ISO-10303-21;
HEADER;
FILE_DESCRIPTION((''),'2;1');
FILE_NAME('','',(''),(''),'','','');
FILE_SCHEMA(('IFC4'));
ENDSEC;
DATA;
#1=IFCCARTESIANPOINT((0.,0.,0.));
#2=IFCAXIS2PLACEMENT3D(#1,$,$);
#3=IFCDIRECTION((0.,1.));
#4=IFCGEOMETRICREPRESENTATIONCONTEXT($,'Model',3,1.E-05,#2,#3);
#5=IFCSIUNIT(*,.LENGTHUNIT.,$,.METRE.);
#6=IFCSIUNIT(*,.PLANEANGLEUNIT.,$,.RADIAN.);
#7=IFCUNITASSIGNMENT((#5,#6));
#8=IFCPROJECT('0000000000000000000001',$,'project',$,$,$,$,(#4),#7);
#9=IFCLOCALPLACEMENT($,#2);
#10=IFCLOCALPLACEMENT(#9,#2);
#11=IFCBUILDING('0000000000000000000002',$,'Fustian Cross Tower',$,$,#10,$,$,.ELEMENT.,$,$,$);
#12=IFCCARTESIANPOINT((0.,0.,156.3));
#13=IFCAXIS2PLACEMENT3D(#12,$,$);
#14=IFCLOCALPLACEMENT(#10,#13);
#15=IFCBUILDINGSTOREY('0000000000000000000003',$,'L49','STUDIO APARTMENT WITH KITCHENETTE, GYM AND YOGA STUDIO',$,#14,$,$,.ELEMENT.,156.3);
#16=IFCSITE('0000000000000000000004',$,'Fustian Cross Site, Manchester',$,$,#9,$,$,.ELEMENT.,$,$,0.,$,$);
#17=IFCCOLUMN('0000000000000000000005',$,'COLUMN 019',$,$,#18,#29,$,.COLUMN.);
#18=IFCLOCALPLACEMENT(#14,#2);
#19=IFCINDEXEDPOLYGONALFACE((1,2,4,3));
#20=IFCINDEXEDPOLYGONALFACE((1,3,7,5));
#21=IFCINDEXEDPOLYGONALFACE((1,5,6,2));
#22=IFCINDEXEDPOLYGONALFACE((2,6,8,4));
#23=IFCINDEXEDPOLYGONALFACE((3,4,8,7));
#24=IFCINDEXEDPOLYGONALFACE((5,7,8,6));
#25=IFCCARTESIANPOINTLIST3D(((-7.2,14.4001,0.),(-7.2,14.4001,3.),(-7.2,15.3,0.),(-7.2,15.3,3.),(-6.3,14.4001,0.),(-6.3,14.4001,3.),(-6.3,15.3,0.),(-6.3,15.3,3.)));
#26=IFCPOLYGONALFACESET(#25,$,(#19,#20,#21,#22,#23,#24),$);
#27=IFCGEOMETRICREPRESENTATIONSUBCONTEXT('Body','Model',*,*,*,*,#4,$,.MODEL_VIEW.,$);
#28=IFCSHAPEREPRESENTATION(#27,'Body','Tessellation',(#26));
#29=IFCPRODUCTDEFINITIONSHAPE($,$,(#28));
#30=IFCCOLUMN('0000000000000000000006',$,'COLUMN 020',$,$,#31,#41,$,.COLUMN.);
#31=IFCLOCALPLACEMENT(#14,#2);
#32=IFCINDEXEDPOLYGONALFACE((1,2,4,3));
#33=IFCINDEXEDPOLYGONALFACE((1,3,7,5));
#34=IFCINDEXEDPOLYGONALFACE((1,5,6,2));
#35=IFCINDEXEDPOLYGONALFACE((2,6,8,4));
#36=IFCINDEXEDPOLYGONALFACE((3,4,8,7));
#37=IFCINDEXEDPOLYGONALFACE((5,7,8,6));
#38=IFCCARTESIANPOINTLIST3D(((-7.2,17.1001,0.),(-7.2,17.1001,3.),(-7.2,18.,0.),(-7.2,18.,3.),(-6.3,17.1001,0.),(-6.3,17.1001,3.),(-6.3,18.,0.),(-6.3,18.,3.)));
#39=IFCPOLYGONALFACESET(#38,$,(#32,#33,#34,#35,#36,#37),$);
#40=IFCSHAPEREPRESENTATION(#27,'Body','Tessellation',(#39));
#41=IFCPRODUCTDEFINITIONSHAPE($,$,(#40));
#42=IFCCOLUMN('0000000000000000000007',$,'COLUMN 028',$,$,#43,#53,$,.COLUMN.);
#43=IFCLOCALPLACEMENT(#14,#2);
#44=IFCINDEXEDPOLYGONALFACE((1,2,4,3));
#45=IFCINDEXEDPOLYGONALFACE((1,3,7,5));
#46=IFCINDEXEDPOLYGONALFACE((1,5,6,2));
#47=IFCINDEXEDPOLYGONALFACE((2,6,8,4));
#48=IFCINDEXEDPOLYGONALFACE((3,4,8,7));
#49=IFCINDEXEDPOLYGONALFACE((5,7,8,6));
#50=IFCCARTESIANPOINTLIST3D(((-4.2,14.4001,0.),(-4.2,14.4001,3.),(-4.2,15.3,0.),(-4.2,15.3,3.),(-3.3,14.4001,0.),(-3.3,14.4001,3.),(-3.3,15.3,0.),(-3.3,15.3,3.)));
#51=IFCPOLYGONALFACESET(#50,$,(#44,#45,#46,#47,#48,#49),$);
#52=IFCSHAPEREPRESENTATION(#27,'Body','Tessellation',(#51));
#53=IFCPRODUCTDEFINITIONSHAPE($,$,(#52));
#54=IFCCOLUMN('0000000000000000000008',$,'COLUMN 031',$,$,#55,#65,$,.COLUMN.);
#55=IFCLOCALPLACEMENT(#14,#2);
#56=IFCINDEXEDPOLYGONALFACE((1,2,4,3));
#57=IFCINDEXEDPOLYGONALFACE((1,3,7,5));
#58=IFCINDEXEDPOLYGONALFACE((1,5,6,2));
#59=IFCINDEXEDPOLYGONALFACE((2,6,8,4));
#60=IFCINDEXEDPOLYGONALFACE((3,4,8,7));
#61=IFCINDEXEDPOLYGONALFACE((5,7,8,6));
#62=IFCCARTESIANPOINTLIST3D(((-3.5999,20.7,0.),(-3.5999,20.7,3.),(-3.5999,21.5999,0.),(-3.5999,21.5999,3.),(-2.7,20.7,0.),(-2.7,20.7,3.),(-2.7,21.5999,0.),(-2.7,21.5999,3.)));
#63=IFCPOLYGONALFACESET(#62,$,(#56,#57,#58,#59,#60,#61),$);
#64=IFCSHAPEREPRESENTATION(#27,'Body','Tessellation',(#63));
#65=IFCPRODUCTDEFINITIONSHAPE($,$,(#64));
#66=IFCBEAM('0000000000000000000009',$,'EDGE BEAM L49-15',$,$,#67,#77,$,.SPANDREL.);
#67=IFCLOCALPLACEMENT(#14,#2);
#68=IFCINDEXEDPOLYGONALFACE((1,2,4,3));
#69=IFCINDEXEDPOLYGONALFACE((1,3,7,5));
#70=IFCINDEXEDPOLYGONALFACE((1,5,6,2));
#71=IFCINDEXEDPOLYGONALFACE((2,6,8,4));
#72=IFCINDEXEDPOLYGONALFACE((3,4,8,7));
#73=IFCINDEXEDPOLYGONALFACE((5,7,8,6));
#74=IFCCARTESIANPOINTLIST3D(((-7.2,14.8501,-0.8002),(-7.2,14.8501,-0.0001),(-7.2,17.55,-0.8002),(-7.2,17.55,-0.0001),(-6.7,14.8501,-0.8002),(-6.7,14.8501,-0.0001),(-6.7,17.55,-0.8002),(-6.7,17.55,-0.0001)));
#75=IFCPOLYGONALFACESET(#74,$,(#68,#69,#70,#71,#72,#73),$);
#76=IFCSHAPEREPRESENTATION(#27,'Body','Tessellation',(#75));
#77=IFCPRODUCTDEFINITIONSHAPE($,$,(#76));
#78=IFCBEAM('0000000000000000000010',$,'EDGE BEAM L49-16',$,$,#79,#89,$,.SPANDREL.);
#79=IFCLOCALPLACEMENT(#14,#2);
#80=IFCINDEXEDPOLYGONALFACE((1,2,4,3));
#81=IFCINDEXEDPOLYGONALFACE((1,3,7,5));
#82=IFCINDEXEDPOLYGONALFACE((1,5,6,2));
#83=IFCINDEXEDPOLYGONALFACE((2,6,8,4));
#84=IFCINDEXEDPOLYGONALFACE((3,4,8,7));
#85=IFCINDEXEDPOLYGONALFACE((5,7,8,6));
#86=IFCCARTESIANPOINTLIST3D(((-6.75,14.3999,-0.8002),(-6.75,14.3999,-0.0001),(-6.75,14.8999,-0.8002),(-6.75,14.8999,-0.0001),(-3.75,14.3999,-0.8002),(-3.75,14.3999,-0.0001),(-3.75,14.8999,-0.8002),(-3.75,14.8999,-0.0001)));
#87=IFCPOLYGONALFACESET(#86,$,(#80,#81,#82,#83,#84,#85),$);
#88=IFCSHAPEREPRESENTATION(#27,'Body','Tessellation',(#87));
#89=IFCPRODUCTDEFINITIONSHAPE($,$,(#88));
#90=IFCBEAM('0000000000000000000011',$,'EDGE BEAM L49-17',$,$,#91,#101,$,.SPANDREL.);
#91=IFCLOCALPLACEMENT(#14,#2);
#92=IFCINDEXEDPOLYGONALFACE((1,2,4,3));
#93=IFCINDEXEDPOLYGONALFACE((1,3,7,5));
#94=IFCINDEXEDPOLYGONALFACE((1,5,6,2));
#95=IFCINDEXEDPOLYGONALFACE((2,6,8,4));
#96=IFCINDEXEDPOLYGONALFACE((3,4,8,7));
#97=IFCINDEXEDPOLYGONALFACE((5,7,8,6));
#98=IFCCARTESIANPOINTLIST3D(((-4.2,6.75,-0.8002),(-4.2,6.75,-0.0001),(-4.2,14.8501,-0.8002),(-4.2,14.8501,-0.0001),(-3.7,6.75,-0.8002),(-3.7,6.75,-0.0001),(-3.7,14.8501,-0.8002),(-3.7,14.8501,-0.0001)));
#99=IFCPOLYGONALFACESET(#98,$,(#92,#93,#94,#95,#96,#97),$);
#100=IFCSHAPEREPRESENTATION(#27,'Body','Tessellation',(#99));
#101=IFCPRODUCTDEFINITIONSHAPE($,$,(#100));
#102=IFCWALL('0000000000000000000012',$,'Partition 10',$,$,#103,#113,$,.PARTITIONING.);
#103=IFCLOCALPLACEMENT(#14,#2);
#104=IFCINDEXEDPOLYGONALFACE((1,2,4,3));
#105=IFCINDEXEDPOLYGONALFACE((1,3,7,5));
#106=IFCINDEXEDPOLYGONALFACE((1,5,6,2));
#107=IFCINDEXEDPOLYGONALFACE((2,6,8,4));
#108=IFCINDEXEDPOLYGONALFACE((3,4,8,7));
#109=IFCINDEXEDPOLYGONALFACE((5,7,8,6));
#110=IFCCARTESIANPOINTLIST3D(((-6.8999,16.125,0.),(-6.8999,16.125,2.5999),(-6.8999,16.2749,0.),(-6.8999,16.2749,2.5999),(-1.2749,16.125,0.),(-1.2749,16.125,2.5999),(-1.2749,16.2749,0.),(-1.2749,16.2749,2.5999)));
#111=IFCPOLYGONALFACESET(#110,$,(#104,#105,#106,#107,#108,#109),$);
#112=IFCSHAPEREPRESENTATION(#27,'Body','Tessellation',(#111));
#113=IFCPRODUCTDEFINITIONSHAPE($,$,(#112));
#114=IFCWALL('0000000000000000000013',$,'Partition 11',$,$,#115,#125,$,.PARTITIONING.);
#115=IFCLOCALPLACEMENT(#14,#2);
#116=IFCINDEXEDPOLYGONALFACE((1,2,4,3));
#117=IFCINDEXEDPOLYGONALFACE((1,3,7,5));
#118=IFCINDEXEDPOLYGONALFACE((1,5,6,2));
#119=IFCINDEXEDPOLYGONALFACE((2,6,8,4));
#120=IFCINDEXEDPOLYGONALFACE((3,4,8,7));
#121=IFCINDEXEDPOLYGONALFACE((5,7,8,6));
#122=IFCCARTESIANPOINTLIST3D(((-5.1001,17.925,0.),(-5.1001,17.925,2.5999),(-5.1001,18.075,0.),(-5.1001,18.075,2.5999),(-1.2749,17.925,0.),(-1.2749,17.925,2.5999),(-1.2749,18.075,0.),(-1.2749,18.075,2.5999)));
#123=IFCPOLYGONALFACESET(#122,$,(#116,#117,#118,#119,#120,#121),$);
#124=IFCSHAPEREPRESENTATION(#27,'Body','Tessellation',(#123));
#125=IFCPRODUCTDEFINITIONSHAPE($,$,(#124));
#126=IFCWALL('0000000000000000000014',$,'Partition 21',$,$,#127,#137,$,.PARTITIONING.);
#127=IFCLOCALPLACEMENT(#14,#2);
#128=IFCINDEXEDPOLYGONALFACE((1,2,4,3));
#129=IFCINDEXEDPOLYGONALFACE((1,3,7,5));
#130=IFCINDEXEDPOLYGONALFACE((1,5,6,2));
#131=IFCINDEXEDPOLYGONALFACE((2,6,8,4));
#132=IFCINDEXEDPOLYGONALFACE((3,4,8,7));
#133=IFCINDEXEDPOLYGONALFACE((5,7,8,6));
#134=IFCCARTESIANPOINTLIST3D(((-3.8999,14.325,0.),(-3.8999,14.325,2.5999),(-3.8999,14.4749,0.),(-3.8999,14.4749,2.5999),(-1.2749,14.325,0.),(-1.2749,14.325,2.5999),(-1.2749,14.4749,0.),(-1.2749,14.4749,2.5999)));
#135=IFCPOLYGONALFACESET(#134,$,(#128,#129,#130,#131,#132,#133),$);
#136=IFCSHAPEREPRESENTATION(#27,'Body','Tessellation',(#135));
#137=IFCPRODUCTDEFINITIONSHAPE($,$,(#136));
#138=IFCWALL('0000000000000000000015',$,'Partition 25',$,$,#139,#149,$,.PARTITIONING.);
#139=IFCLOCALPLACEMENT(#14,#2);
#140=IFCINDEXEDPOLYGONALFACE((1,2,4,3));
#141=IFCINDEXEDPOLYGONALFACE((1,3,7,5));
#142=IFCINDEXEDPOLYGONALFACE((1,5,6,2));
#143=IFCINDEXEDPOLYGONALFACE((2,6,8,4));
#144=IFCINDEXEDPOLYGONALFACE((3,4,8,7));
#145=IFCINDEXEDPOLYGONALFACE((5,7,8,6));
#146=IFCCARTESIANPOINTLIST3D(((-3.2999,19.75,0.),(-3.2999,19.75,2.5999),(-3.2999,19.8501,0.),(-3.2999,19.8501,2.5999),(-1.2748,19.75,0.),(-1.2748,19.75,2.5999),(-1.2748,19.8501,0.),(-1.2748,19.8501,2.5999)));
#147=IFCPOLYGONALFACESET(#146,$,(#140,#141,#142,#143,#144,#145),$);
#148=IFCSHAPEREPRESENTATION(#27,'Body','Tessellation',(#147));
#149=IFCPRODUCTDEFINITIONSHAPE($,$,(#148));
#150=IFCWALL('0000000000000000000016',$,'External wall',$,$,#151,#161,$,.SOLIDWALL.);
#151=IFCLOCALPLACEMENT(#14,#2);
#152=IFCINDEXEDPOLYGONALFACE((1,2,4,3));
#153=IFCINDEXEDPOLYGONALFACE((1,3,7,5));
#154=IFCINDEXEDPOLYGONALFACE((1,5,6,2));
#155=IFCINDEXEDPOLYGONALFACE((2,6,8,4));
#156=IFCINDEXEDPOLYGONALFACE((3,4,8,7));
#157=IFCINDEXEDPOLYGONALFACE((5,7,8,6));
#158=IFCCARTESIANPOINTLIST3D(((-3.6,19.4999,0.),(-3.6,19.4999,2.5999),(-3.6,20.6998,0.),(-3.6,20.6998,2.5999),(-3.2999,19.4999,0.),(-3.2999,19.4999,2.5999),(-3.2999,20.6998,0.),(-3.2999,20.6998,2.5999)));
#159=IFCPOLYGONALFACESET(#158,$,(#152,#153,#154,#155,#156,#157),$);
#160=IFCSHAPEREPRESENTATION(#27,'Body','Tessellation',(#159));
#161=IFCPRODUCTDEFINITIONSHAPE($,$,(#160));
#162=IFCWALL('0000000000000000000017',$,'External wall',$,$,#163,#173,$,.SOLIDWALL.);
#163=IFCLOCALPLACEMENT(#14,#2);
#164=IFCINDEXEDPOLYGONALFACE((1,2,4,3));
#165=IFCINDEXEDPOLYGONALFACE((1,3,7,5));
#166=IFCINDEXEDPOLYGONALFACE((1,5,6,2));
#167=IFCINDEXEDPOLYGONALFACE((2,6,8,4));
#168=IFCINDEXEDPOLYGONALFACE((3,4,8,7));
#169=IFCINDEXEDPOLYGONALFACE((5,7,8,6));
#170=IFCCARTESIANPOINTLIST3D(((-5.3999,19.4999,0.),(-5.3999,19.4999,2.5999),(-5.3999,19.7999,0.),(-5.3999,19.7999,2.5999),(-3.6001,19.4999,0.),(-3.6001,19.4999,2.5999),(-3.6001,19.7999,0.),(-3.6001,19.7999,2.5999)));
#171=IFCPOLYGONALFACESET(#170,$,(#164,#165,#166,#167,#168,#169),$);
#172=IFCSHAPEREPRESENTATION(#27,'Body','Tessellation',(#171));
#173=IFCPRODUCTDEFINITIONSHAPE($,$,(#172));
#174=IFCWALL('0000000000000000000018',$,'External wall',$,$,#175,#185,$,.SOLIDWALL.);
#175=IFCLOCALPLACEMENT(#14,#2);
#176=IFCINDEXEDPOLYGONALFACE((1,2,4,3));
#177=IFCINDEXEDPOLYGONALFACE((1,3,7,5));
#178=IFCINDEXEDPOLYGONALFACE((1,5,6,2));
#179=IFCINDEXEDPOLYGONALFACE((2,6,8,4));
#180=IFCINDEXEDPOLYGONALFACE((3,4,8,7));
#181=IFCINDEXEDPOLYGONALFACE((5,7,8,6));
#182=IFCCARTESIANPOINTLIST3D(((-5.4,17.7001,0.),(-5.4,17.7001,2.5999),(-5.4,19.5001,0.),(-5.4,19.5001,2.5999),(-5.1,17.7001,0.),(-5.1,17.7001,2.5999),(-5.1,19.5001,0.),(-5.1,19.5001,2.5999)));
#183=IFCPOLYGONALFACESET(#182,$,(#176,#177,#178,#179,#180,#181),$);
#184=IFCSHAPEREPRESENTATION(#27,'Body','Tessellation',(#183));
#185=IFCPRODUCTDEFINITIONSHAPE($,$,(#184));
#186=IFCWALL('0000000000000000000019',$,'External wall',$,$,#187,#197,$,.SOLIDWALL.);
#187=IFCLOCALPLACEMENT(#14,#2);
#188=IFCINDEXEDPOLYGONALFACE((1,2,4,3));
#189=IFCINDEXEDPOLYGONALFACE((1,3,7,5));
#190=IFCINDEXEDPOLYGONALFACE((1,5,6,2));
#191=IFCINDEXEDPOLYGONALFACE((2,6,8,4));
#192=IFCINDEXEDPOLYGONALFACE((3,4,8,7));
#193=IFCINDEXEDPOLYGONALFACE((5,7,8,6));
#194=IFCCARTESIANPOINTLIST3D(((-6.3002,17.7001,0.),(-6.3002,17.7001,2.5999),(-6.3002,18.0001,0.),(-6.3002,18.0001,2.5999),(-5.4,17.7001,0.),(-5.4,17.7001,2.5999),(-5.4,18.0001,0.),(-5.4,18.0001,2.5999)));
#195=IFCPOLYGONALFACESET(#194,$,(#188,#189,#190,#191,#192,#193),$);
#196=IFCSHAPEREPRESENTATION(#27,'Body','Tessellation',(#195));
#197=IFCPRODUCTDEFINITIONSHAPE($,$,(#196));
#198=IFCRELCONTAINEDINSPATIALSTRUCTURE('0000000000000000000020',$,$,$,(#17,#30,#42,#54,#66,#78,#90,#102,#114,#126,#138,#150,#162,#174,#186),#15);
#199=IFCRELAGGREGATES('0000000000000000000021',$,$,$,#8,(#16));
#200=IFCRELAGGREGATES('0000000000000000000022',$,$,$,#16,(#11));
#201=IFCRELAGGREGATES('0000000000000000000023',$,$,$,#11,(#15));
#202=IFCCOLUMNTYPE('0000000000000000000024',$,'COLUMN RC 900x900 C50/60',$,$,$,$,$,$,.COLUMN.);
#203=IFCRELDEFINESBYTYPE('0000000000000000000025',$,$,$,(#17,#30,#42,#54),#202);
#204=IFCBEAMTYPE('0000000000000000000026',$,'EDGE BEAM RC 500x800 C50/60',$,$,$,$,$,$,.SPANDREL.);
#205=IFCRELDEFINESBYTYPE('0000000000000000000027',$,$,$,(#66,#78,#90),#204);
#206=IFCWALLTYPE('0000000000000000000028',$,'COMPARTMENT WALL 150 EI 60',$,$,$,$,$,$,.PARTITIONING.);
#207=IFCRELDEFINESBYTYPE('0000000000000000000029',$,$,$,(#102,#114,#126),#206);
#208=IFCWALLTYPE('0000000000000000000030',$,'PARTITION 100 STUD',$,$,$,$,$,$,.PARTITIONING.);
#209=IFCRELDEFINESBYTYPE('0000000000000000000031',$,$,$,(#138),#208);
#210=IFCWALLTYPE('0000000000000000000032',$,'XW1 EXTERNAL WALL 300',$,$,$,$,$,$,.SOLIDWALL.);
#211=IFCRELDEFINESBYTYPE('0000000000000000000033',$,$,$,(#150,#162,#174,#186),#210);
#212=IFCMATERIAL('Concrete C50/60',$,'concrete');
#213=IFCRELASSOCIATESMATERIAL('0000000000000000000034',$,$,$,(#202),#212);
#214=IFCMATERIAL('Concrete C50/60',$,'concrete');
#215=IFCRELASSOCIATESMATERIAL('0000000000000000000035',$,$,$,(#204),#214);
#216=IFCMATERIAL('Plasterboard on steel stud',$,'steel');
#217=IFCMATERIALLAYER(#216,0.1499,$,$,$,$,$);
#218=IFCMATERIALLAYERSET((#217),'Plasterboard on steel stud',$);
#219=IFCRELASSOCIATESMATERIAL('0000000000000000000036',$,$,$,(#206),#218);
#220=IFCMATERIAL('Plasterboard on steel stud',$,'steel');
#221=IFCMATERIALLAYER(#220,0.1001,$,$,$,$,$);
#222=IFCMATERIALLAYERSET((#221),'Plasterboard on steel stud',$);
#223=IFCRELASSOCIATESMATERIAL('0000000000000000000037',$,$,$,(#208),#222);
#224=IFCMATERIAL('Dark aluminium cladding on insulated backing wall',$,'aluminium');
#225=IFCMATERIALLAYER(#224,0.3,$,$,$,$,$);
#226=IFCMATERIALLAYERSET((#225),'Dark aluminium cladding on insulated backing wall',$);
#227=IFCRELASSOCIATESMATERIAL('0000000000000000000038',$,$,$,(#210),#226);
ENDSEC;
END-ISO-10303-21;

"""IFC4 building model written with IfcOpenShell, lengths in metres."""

from ifc_helpers import new_model, si_unit, direction, frame, frame_2d, origin, origin_2d, place, context, subcontext, project, spatial, rectangle, extrude, material, layer, layer_set, material_profile, profile_set, type_object, element, save


model = new_model("IFC4")

# Units and contexts
model_context = context("Model", 3, precision=1e-05, world=origin(), true_north=direction((0.0, 1.0)))
body_context = subcontext(model_context, "Body", "Model", "MODEL_VIEW")
ifc_project = project(units=[si_unit("LENGTHUNIT", "METRE"), si_unit("PLANEANGLEUNIT", "RADIAN")], contexts=[model_context])

# Site, building, storey
site_placement = place(None, origin())
site = spatial("IfcSite", under=ifc_project, at=site_placement, Name="Fustian Cross Site, Manchester", CompositionType="ELEMENT", RefElevation=0.0)
building_placement = place(site_placement, origin())
building = spatial("IfcBuilding", under=site, at=building_placement, Name="Fustian Cross Tower", CompositionType="ELEMENT")
storey_placement = place(building_placement, frame((0.0, 0.0, 156.3)))
storey = spatial("IfcBuildingStorey", under=building, at=storey_placement, Name="L49", Description="STUDIO APARTMENT WITH KITCHENETTE, GYM AND YOGA STUDIO", CompositionType="ELEMENT", Elevation=156.3)

# Columns
ifc_material_1 = material(Name="Concrete C50/60", Category="concrete")
ifc_material_profile_1 = material_profile(ifc_material_1, rectangle(XDim=0.8999, YDim=0.8999, at=origin_2d()), Name="RC 900x900")
ifc_profile_set_1 = profile_set([ifc_material_profile_1], Name="Concrete C50/60")
column_type = type_object("IfcColumnType", Name="COLUMN RC 900x900 C50/60", PredefinedType="COLUMN", material=ifc_profile_set_1)
for number, where, z_axis, x_axis, name in (
    (1, (-6.75, 14.8501, 0.0), (0.0, 0.0, 1.0), (1.0, 0.0, 0.0), "COLUMN 019"),
    (2, (-6.75, 17.55, 0.0), (0.0, 0.0, 1.0), (1.0, 0.0, 0.0), "COLUMN 020"),
    (3, (-3.75, 14.8501, 0.0), (0.0, 0.0, 1.0), (1.0, 0.0, 0.0), "COLUMN 028"),
    (4, (-3.1499, 21.1499, 0.0), (0.0, 0.0, 1.0), (1.0, 0.0, 0.0), "COLUMN 031"),
):
    element("IfcColumn", number, at=place(storey_placement, frame(where, z_axis=z_axis, x_axis=x_axis)), inside=storey, type_object=column_type, Name=name, PredefinedType="COLUMN", context=body_context, shape_type="SweptSolid", body=[
        extrude(rectangle(XDim=0.8999, YDim=0.8999, at=origin_2d()), origin(), (0.0, 0.0, 1.0), 3.0),
    ])

# Beams
ifc_material_2 = material(Name="Concrete C50/60", Category="concrete")
ifc_material_profile_2 = material_profile(ifc_material_2, rectangle(XDim=0.5, YDim=0.8, at=origin_2d()), Name="RC 500x800")
ifc_profile_set_2 = profile_set([ifc_material_profile_2], Name="Concrete C50/60")
beam_type = type_object("IfcBeamType", Name="EDGE BEAM RC 500x800 C50/60", PredefinedType="SPANDREL", material=ifc_profile_set_2)
beam_1_placement = place(storey_placement, frame((-6.95, 17.55, -0.4001), z_axis=(0.0, -1.0, 0.0), x_axis=(1.0, 0.0, 0.0)))
element("IfcBeam", 5, at=beam_1_placement, inside=storey, type_object=beam_type, Name="EDGE BEAM L49-15", PredefinedType="SPANDREL", context=body_context, shape_type="SweptSolid", body=[
    extrude(rectangle(XDim=0.5, YDim=0.8, at=origin_2d()), origin(), (0.0, 0.0, 1.0), 2.7),
])
beam_2_placement = place(storey_placement, frame((-6.75, 14.6499, -0.4001), z_axis=(1.0, 0.0, 0.0), x_axis=(0.0, 1.0, 0.0)))
element("IfcBeam", 6, at=beam_2_placement, inside=storey, type_object=beam_type, Name="EDGE BEAM L49-16", PredefinedType="SPANDREL", context=body_context, shape_type="SweptSolid", body=[
    extrude(rectangle(XDim=0.5, YDim=0.8, at=origin_2d()), origin(), (0.0, 0.0, 1.0), 3.0),
])
beam_3_placement = place(storey_placement, frame((-3.95, 14.8501, -0.4001), z_axis=(0.0, -1.0, 0.0), x_axis=(1.0, 0.0, 0.0)))
element("IfcBeam", 7, at=beam_3_placement, inside=storey, type_object=beam_type, Name="EDGE BEAM L49-17", PredefinedType="SPANDREL", context=body_context, shape_type="SweptSolid", body=[
    extrude(rectangle(XDim=0.5, YDim=0.8, at=origin_2d()), origin(), (0.0, 0.0, 1.0), 8.1001),
])

# Walls
ifc_material_3 = material(Name="Plasterboard on steel stud", Category="steel")
ifc_layer_1 = layer(ifc_material_3, 0.1499)
ifc_layer_set_1 = layer_set([ifc_layer_1], Name="Plasterboard on steel stud")
wall_type_1 = type_object("IfcWallType", Name="COMPARTMENT WALL 150 EI 60", PredefinedType="PARTITIONING", material=ifc_layer_set_1)
wall_1_placement = place(storey_placement, frame((-6.8999, 16.2, 0.0), z_axis=(0.0, 0.0, 1.0), x_axis=(1.0, 0.0, 0.0)))
element("IfcWall", 8, at=wall_1_placement, inside=storey, type_object=wall_type_1, Name="Partition 10", PredefinedType="PARTITIONING", context=body_context, shape_type="SweptSolid", body=[
    extrude(rectangle(XDim=5.625, YDim=0.1499, at=frame_2d((2.8125, 0.0))), origin(), (0.0, 0.0, 1.0), 2.5999),
])
wall_2_placement = place(storey_placement, frame((-5.1001, 18.0, 0.0), z_axis=(0.0, 0.0, 1.0), x_axis=(1.0, 0.0, 0.0)))
element("IfcWall", 9, at=wall_2_placement, inside=storey, type_object=wall_type_1, Name="Partition 11", PredefinedType="PARTITIONING", context=body_context, shape_type="SweptSolid", body=[
    extrude(rectangle(XDim=3.8252, YDim=0.1499, at=frame_2d((1.9126, 0.0))), origin(), (0.0, 0.0, 1.0), 2.5999),
])
wall_3_placement = place(storey_placement, frame((-3.8999, 14.3999, 0.0), z_axis=(0.0, 0.0, 1.0), x_axis=(1.0, 0.0, 0.0)))
element("IfcWall", 10, at=wall_3_placement, inside=storey, type_object=wall_type_1, Name="Partition 21", PredefinedType="PARTITIONING", context=body_context, shape_type="SweptSolid", body=[
    extrude(rectangle(XDim=2.625, YDim=0.1499, at=frame_2d((1.3125, 0.0))), origin(), (0.0, 0.0, 1.0), 2.5999),
])
ifc_material_4 = material(Name="Plasterboard on steel stud", Category="steel")
ifc_layer_2 = layer(ifc_material_4, 0.1001)
ifc_layer_set_2 = layer_set([ifc_layer_2], Name="Plasterboard on steel stud")
wall_type_2 = type_object("IfcWallType", Name="PARTITION 100 STUD", PredefinedType="PARTITIONING", material=ifc_layer_set_2)
wall_4_placement = place(storey_placement, frame((-3.3, 19.8, 0.0), z_axis=(0.0, 0.0, 1.0), x_axis=(1.0, 0.0, 0.0)))
element("IfcWall", 11, at=wall_4_placement, inside=storey, type_object=wall_type_2, Name="Partition 25", PredefinedType="PARTITIONING", context=body_context, shape_type="SweptSolid", body=[
    extrude(rectangle(XDim=2.0251, YDim=0.1001, at=frame_2d((1.0127, 0.0))), origin(), (0.0, 0.0, 1.0), 2.5999),
])
ifc_material_5 = material(Name="Dark aluminium cladding on insulated backing wall", Category="aluminium")
ifc_layer_3 = layer(ifc_material_5, 0.3)
ifc_layer_set_3 = layer_set([ifc_layer_3], Name="Dark aluminium cladding on insulated backing wall")
wall_type_3 = type_object("IfcWallType", Name="XW1 EXTERNAL WALL 300", PredefinedType="SOLIDWALL", material=ifc_layer_set_3)
wall_5_placement = place(storey_placement, frame((-3.45, 20.7, 0.0), z_axis=(0.0, 0.0, 1.0), x_axis=(0.0, -1.0, 0.0)))
element("IfcWall", 12, at=wall_5_placement, inside=storey, type_object=wall_type_3, Name="External wall", PredefinedType="SOLIDWALL", context=body_context, shape_type="SweptSolid", body=[
    extrude(rectangle(XDim=1.2, YDim=0.3, at=frame_2d((0.6001, 0.0))), origin(), (0.0, 0.0, 1.0), 2.5999),
])
wall_6_placement = place(storey_placement, frame((-3.6001, 19.6499, 0.0), z_axis=(0.0, 0.0, 1.0), x_axis=(-1.0, 0.0, 0.0)))
element("IfcWall", 13, at=wall_6_placement, inside=storey, type_object=wall_type_3, Name="External wall", PredefinedType="SOLIDWALL", context=body_context, shape_type="SweptSolid", body=[
    extrude(rectangle(XDim=1.7998, YDim=0.3, at=frame_2d((0.8999, 0.0))), origin(), (0.0, 0.0, 1.0), 2.5999),
])
wall_7_placement = place(storey_placement, frame((-5.25, 19.5, 0.0), z_axis=(0.0, 0.0, 1.0), x_axis=(0.0, -1.0, 0.0)))
element("IfcWall", 14, at=wall_7_placement, inside=storey, type_object=wall_type_3, Name="External wall", PredefinedType="SOLIDWALL", context=body_context, shape_type="SweptSolid", body=[
    extrude(rectangle(XDim=1.8, YDim=0.3, at=frame_2d((0.8999, 0.0))), origin(), (0.0, 0.0, 1.0), 2.5999),
])
wall_8_placement = place(storey_placement, frame((-5.3999, 17.8501, 0.0), z_axis=(0.0, 0.0, 1.0), x_axis=(-1.0, 0.0, 0.0)))
element("IfcWall", 15, at=wall_8_placement, inside=storey, type_object=wall_type_3, Name="External wall", PredefinedType="SOLIDWALL", context=body_context, shape_type="SweptSolid", body=[
    extrude(rectangle(XDim=0.9001, YDim=0.3, at=frame_2d((0.4502, 0.0))), origin(), (0.0, 0.0, 1.0), 2.5999),
])

save(model, "model.ifc")
